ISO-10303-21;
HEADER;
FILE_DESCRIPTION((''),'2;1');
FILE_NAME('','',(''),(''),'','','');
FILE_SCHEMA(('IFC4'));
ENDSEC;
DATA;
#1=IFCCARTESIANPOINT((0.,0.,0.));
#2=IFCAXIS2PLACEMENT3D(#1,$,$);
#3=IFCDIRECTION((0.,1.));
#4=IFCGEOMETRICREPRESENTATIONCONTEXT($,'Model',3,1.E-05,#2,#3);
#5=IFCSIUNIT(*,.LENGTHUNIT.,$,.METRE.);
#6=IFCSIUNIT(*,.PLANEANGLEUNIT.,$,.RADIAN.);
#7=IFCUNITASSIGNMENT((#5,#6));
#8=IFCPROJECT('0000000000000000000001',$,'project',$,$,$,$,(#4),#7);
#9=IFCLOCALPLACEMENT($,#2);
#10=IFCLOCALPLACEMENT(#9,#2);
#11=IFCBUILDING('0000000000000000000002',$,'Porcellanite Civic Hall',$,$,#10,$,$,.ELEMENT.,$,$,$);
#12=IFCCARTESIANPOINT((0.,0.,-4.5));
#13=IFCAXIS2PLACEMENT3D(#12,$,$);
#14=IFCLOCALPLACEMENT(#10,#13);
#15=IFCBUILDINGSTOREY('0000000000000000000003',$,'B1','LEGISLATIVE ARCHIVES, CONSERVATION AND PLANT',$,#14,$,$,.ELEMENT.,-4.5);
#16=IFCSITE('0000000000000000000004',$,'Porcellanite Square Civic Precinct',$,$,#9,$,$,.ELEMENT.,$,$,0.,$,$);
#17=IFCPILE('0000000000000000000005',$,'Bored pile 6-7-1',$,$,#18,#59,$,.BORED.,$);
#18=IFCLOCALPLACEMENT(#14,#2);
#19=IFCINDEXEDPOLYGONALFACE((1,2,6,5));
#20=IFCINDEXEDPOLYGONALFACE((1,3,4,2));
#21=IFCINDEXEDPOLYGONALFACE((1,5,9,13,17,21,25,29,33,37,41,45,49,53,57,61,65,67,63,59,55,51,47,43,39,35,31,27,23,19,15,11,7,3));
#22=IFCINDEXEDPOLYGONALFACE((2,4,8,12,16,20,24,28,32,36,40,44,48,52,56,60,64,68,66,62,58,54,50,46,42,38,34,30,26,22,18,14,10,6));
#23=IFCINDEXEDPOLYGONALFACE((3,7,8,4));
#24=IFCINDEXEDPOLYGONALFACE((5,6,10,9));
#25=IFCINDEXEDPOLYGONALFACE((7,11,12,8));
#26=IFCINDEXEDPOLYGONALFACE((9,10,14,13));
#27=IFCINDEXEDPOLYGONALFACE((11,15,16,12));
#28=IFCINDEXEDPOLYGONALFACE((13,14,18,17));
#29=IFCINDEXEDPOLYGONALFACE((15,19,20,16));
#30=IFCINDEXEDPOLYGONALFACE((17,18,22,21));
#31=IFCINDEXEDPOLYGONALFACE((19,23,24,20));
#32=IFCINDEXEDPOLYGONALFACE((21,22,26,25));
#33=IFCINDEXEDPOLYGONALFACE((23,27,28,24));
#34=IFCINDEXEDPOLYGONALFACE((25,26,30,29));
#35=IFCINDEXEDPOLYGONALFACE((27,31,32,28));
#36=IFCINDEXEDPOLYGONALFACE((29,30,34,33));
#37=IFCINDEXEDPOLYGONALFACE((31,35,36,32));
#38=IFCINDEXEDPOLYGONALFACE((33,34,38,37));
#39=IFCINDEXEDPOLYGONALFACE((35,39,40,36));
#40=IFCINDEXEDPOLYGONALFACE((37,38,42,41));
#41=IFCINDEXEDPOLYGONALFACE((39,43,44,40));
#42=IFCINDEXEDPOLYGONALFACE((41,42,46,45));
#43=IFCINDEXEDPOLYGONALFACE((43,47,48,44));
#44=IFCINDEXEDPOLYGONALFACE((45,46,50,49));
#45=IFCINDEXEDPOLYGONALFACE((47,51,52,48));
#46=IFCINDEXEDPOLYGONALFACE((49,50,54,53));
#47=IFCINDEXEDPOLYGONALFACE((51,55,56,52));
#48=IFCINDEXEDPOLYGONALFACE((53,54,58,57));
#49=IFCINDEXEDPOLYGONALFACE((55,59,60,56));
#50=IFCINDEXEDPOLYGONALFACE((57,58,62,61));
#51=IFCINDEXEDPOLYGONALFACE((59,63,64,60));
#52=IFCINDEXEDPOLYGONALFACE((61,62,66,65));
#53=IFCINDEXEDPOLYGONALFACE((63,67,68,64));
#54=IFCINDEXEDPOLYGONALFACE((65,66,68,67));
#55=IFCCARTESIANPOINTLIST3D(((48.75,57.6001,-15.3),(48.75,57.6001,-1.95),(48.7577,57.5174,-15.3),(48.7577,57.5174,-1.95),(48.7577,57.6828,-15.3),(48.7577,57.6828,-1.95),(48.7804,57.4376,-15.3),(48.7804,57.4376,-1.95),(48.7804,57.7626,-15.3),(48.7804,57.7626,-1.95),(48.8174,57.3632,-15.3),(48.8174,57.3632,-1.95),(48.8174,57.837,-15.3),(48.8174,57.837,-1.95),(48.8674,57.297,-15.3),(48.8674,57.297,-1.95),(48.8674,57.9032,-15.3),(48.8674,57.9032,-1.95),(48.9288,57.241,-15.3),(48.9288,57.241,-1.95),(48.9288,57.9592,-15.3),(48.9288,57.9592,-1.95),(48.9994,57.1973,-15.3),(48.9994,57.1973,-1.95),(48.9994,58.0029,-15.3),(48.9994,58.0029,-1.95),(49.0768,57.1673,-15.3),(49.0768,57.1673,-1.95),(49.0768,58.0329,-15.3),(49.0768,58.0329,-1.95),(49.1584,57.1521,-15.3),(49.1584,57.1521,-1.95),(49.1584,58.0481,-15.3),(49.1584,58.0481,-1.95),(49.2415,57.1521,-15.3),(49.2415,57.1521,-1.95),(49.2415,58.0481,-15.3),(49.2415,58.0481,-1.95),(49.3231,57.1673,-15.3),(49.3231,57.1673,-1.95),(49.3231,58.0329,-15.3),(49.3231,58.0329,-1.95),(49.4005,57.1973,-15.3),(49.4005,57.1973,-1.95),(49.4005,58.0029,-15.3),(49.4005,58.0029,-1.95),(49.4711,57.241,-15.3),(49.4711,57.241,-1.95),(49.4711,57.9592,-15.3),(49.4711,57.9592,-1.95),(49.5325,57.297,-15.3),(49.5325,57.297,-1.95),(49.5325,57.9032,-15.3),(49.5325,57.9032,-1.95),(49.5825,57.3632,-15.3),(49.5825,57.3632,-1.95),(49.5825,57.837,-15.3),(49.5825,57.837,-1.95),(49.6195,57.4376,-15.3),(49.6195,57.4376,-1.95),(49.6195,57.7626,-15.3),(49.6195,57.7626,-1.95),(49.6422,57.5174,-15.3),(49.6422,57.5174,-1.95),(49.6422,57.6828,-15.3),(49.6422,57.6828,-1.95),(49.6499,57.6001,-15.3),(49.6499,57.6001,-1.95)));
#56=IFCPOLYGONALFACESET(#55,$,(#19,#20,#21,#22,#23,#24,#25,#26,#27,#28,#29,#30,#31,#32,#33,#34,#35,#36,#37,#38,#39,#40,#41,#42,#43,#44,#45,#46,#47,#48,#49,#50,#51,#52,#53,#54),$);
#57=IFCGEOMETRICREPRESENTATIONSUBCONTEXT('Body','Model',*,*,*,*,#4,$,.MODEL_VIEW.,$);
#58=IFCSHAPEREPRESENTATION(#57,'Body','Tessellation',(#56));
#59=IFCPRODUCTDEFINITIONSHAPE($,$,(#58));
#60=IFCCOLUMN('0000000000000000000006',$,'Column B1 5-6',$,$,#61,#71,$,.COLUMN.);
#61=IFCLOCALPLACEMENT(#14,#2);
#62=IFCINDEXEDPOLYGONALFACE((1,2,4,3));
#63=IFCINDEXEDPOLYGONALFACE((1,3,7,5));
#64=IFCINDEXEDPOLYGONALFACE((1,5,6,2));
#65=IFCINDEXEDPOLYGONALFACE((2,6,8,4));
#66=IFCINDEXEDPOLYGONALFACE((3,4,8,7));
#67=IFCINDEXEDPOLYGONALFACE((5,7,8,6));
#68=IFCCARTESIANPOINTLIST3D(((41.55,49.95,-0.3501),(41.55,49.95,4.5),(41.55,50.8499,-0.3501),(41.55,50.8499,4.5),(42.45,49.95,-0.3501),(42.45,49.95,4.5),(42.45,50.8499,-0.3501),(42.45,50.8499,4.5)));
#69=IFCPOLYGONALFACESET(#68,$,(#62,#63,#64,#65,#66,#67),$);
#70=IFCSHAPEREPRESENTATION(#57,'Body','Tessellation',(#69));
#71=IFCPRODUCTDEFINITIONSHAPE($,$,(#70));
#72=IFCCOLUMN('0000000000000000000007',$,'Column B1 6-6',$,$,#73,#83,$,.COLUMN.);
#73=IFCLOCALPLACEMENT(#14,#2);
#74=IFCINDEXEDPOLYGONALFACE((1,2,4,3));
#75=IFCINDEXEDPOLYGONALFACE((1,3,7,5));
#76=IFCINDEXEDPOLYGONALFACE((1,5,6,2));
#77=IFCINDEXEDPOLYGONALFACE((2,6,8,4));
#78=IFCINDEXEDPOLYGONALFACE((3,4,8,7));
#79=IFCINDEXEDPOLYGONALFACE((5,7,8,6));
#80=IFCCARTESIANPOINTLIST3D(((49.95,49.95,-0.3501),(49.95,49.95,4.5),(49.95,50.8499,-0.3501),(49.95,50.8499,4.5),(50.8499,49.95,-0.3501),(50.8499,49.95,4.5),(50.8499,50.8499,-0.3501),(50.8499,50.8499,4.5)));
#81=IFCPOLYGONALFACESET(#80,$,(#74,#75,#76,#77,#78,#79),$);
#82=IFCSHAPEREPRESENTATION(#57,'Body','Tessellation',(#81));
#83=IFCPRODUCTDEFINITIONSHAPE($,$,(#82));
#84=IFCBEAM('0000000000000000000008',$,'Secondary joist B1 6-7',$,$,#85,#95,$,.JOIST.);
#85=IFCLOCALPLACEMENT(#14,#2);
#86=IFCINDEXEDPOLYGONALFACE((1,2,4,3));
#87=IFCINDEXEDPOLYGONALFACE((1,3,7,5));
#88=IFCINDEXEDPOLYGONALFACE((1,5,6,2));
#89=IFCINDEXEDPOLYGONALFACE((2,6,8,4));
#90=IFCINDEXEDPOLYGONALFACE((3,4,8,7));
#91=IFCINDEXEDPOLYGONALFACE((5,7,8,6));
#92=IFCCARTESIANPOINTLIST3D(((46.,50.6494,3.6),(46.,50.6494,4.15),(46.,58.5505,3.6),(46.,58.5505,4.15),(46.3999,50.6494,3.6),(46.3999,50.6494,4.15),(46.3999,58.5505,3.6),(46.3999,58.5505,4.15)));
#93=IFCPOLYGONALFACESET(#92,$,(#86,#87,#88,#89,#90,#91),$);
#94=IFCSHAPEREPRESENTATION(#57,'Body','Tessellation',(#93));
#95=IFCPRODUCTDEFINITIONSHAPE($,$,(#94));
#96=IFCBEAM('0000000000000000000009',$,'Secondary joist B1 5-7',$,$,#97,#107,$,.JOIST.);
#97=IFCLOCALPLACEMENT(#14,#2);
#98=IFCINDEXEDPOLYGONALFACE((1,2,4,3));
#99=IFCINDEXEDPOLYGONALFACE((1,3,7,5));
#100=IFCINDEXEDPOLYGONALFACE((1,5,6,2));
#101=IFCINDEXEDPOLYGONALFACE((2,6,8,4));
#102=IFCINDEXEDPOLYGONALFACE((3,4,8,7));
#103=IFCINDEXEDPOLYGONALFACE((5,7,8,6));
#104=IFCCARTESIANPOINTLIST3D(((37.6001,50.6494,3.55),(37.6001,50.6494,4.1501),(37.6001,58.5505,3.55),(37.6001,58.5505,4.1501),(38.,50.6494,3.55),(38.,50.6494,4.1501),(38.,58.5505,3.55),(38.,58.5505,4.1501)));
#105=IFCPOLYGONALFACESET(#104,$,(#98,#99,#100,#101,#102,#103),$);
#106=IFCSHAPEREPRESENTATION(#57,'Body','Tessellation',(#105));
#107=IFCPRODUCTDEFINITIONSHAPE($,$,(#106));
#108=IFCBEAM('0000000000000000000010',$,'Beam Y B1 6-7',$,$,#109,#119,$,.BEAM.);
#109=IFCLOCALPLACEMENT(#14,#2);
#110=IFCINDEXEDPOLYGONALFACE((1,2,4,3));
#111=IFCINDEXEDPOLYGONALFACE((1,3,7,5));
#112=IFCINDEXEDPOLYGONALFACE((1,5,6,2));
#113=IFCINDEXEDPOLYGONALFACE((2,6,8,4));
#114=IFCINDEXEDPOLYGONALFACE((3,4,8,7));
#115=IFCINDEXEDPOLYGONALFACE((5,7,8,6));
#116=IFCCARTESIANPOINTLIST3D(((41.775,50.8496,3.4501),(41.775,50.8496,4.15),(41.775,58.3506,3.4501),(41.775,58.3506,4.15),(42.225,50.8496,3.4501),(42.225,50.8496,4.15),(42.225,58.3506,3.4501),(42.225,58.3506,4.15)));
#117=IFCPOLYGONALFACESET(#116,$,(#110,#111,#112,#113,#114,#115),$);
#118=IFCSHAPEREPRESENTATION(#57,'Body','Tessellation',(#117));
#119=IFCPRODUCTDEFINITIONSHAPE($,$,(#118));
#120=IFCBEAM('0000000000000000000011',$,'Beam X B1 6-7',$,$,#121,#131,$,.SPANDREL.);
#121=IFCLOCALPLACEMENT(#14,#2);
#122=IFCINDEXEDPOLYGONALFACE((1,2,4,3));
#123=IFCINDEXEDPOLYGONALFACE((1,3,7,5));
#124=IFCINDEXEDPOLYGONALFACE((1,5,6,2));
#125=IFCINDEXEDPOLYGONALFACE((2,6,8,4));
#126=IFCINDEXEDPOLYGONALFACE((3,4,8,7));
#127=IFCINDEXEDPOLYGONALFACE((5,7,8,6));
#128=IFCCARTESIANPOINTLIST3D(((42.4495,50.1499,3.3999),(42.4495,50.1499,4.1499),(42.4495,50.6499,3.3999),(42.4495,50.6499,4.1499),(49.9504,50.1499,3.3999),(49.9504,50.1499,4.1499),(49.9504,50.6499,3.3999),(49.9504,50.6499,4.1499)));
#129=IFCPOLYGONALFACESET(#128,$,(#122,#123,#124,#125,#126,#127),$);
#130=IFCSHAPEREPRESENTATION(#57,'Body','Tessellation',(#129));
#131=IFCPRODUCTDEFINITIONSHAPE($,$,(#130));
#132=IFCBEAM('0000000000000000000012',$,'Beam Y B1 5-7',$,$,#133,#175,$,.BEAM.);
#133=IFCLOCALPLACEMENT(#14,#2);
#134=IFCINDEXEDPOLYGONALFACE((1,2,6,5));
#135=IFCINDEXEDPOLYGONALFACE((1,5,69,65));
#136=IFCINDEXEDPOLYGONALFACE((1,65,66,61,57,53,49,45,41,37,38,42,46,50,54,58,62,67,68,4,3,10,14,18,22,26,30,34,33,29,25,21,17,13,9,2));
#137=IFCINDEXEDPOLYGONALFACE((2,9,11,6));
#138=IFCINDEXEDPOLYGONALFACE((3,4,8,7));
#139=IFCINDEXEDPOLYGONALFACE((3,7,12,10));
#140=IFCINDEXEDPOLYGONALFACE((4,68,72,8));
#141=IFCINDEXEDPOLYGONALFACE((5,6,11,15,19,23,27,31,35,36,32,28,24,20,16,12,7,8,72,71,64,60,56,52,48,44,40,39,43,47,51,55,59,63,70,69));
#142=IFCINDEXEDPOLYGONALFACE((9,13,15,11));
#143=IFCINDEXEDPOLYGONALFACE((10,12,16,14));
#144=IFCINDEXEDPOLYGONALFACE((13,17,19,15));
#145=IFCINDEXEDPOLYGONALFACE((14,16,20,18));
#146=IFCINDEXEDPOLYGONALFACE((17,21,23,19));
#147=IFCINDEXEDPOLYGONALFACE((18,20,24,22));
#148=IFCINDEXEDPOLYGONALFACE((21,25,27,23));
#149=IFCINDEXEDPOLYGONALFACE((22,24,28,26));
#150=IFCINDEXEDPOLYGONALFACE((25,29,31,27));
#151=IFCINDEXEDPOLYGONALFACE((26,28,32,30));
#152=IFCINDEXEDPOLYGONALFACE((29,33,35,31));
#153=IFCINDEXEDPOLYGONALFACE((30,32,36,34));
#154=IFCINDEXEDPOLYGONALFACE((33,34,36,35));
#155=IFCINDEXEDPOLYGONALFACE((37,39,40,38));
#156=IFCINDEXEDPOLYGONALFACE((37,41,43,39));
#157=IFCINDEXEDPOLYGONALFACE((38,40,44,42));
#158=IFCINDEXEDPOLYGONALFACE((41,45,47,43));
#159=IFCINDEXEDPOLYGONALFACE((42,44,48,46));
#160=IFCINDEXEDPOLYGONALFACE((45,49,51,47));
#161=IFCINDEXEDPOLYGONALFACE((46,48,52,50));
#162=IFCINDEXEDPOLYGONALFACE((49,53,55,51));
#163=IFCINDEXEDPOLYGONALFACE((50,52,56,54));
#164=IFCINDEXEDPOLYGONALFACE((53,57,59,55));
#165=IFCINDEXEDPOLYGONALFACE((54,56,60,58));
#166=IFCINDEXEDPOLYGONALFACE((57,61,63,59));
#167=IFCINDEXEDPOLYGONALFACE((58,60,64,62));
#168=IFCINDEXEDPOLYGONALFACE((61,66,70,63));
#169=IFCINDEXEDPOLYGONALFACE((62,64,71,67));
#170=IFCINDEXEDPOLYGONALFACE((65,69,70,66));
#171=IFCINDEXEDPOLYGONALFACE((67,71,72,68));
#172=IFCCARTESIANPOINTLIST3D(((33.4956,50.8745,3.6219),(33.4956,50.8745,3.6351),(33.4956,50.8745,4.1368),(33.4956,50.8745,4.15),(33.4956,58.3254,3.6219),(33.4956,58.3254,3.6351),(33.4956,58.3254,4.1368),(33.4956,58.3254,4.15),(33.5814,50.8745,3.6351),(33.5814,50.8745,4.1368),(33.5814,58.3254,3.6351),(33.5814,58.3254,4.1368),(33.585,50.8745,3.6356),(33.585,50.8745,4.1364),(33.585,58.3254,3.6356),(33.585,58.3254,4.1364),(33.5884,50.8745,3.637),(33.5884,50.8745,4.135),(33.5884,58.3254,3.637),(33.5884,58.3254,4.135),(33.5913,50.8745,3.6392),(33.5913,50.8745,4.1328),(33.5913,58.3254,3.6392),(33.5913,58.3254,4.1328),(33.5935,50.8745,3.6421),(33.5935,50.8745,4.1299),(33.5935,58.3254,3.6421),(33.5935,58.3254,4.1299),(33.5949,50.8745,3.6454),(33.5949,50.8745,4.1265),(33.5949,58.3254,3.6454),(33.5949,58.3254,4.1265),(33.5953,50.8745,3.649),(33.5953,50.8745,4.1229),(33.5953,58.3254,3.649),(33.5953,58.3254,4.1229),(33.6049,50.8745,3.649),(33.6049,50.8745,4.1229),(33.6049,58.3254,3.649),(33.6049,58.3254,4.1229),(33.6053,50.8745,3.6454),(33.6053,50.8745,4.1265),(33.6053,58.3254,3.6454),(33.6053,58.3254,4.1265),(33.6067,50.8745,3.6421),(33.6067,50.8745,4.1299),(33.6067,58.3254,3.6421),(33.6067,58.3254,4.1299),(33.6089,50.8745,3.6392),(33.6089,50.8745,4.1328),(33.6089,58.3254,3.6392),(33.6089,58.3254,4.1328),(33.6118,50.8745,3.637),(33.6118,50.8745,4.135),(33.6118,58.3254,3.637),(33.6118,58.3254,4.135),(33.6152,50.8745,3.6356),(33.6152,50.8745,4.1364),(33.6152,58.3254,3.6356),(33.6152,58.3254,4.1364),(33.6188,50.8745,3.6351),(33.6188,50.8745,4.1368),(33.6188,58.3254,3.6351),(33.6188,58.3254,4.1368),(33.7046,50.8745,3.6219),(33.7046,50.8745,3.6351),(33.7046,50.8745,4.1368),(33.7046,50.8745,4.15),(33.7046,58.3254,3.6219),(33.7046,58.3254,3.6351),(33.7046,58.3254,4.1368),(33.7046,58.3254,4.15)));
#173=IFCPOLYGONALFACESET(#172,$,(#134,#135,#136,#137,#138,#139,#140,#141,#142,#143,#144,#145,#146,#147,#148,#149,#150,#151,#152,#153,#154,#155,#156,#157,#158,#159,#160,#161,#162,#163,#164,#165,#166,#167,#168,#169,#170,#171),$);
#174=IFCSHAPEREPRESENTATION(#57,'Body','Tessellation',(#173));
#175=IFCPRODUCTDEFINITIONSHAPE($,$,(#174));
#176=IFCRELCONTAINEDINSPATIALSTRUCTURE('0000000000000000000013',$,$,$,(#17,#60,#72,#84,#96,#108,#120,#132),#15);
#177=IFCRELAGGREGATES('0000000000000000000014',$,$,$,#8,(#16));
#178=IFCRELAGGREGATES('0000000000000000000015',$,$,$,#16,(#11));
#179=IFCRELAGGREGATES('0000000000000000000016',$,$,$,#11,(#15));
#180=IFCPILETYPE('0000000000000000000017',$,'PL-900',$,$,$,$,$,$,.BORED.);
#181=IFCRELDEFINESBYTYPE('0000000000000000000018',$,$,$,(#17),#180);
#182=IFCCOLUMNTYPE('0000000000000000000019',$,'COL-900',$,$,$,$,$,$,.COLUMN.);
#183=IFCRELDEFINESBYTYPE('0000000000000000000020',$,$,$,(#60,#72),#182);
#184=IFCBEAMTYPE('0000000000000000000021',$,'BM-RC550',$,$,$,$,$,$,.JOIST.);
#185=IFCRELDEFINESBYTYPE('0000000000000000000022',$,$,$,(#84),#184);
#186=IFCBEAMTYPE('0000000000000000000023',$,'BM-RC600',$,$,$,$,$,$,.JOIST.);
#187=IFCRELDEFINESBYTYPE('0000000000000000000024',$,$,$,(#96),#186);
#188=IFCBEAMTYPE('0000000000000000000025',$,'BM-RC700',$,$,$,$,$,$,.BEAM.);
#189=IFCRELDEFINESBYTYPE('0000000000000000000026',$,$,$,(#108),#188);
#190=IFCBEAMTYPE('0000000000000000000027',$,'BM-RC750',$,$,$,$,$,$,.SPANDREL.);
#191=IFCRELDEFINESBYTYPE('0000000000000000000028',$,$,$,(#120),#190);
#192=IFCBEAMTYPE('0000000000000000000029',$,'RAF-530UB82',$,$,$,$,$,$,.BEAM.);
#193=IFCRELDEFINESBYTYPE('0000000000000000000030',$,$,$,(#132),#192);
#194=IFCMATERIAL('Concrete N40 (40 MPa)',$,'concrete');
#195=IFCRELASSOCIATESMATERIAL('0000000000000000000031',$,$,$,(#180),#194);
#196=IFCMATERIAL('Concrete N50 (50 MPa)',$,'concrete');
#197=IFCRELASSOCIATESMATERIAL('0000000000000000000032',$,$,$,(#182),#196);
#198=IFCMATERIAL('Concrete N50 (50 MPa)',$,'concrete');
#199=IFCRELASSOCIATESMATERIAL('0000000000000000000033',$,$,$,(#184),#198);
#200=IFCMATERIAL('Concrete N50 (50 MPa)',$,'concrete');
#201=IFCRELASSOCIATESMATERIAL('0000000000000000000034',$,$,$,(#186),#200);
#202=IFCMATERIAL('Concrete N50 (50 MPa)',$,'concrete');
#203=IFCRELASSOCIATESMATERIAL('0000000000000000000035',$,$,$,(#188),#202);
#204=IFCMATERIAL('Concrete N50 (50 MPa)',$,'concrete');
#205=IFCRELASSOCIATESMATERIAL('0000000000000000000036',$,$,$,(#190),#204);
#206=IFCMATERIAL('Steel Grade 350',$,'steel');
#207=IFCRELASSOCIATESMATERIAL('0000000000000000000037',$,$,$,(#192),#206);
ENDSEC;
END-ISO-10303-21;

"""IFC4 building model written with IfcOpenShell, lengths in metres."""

from ifc_helpers import new_model, si_unit, direction, frame, origin, origin_2d, place, context, subcontext, project, spatial, rectangle, circle, i_section, extrude, material, material_profile, profile_set, type_object, element, save


model = new_model("IFC4")

# Units and contexts
model_context = context("Model", 3, precision=1e-05, world=origin(), true_north=direction((0.0, 1.0)))
body_context = subcontext(model_context, "Body", "Model", "MODEL_VIEW")
ifc_project = project(units=[si_unit("LENGTHUNIT", "METRE"), si_unit("PLANEANGLEUNIT", "RADIAN")], contexts=[model_context])

# Site, building, storey
site_placement = place(None, origin())
site = spatial("IfcSite", under=ifc_project, at=site_placement, Name="Porcellanite Square Civic Precinct", CompositionType="ELEMENT", RefElevation=0.0)
building_placement = place(site_placement, origin())
building = spatial("IfcBuilding", under=site, at=building_placement, Name="Porcellanite Civic Hall", CompositionType="ELEMENT")
storey_placement = place(building_placement, frame((0.0, 0.0, -4.5)))
storey = spatial("IfcBuildingStorey", under=building, at=storey_placement, Name="B1", Description="LEGISLATIVE ARCHIVES, CONSERVATION AND PLANT", CompositionType="ELEMENT", Elevation=-4.5)

# Pile
ifc_material_1 = material(Name="Concrete N40 (40 MPa)", Category="concrete")
ifc_material_profile_1 = material_profile(ifc_material_1, circle(Radius=0.45, at=origin_2d()), Name="PILE-D900")
ifc_profile_set_1 = profile_set([ifc_material_profile_1], Name="Concrete N40 (40 MPa)")
pile_type = type_object("IfcPileType", Name="PL-900", PredefinedType="BORED", material=ifc_profile_set_1)
for number, where, z_axis, x_axis, name in (
    (1, (49.2, 57.6001, -1.95), (0.0, 0.0, -1.0), (1.0, 0.0, 0.0), "Bored pile 6-7-1"),
):
    element("IfcPile", number, at=place(storey_placement, frame(where, z_axis=z_axis, x_axis=x_axis)), inside=storey, type_object=pile_type, Name=name, PredefinedType="BORED", context=body_context, shape_type="SweptSolid", body=[
        extrude(circle(Radius=0.45, at=origin_2d()), origin(), (0.0, 0.0, 1.0), 13.3501),
    ])

# Columns
ifc_material_2 = material(Name="Concrete N50 (50 MPa)", Category="concrete")
ifc_material_profile_2 = material_profile(ifc_material_2, rectangle(XDim=0.8999, YDim=0.8999, at=origin_2d()), Name="RC-900x900")
ifc_profile_set_2 = profile_set([ifc_material_profile_2], Name="Concrete N50 (50 MPa)")
column_type = type_object("IfcColumnType", Name="COL-900", PredefinedType="COLUMN", material=ifc_profile_set_2)
for number, where, z_axis, x_axis, name in (
    (2, (42.0, 50.3999, -0.3501), (0.0, 0.0, 1.0), (1.0, 0.0, 0.0), "Column B1 5-6"),
    (3, (50.3999, 50.3999, -0.3501), (0.0, 0.0, 1.0), (1.0, 0.0, 0.0), "Column B1 6-6"),
):
    element("IfcColumn", number, at=place(storey_placement, frame(where, z_axis=z_axis, x_axis=x_axis)), inside=storey, type_object=column_type, Name=name, PredefinedType="COLUMN", context=body_context, shape_type="SweptSolid", body=[
        extrude(rectangle(XDim=0.8999, YDim=0.8999, at=origin_2d()), origin(), (0.0, 0.0, 1.0), 4.8501),
    ])

# Beams
ifc_material_3 = material(Name="Concrete N50 (50 MPa)", Category="concrete")
ifc_material_profile_3 = material_profile(ifc_material_3, rectangle(XDim=0.3999, YDim=0.55, at=origin_2d()), Name="RC-400x550")
ifc_profile_set_3 = profile_set([ifc_material_profile_3], Name="Concrete N50 (50 MPa)")
beam_type_1 = type_object("IfcBeamType", Name="BM-RC550", PredefinedType="JOIST", material=ifc_profile_set_3)
beam_1_placement = place(storey_placement, frame((46.2, 50.6494, 3.875), z_axis=(0.0, 1.0, 0.0), x_axis=(-1.0, 0.0, 0.0)))
element("IfcBeam", 4, at=beam_1_placement, inside=storey, type_object=beam_type_1, Name="Secondary joist B1 6-7", PredefinedType="JOIST", context=body_context, shape_type="SweptSolid", body=[
    extrude(rectangle(XDim=0.3999, YDim=0.55, at=origin_2d()), origin(), (0.0, 0.0, 1.0), 7.9011),
])
ifc_material_4 = material(Name="Concrete N50 (50 MPa)", Category="concrete")
ifc_material_profile_4 = material_profile(ifc_material_4, rectangle(XDim=0.3999, YDim=0.6001, at=origin_2d()), Name="RC-400x600")
ifc_profile_set_4 = profile_set([ifc_material_profile_4], Name="Concrete N50 (50 MPa)")
beam_type_2 = type_object("IfcBeamType", Name="BM-RC600", PredefinedType="JOIST", material=ifc_profile_set_4)
beam_2_placement = place(storey_placement, frame((37.8, 50.6494, 3.8501), z_axis=(0.0, 1.0, 0.0), x_axis=(-1.0, 0.0, 0.0)))
element("IfcBeam", 5, at=beam_2_placement, inside=storey, type_object=beam_type_2, Name="Secondary joist B1 5-7", PredefinedType="JOIST", context=body_context, shape_type="SweptSolid", body=[
    extrude(rectangle(XDim=0.3999, YDim=0.6001, at=origin_2d()), origin(), (0.0, 0.0, 1.0), 7.9011),
])
ifc_material_5 = material(Name="Concrete N50 (50 MPa)", Category="concrete")
ifc_material_profile_5 = material_profile(ifc_material_5, rectangle(XDim=0.45, YDim=0.7, at=origin_2d()), Name="RC-450x700")
ifc_profile_set_5 = profile_set([ifc_material_profile_5], Name="Concrete N50 (50 MPa)")
beam_type_3 = type_object("IfcBeamType", Name="BM-RC700", PredefinedType="BEAM", material=ifc_profile_set_5)
beam_3_placement = place(storey_placement, frame((42.0, 50.8496, 3.8), z_axis=(0.0, 1.0, 0.0), x_axis=(-1.0, 0.0, 0.0)))
element("IfcBeam", 6, at=beam_3_placement, inside=storey, type_object=beam_type_3, Name="Beam Y B1 6-7", PredefinedType="BEAM", context=body_context, shape_type="SweptSolid", body=[
    extrude(rectangle(XDim=0.45, YDim=0.7, at=origin_2d()), origin(), (0.0, 0.0, 1.0), 7.501),
])
ifc_material_6 = material(Name="Concrete N50 (50 MPa)", Category="concrete")
ifc_material_profile_6 = material_profile(ifc_material_6, rectangle(XDim=0.5, YDim=0.75, at=origin_2d()), Name="RC-500x750")
ifc_profile_set_6 = profile_set([ifc_material_profile_6], Name="Concrete N50 (50 MPa)")
beam_type_4 = type_object("IfcBeamType", Name="BM-RC750", PredefinedType="SPANDREL", material=ifc_profile_set_6)
beam_4_placement = place(storey_placement, frame((42.4495, 50.3999, 3.7749), z_axis=(1.0, 0.0, 0.0), x_axis=(0.0, 1.0, 0.0)))
element("IfcBeam", 7, at=beam_4_placement, inside=storey, type_object=beam_type_4, Name="Beam X B1 6-7", PredefinedType="SPANDREL", context=body_context, shape_type="SweptSolid", body=[
    extrude(rectangle(XDim=0.5, YDim=0.75, at=origin_2d()), origin(), (0.0, 0.0, 1.0), 7.501),
])
ifc_material_7 = material(Name="Steel Grade 350", Category="steel")
ifc_material_profile_7 = material_profile(ifc_material_7, i_section(OverallWidth=0.209, OverallDepth=0.5281, WebThickness=0.0095, FlangeThickness=0.0132, FilletRadius=0.0139, at=origin_2d()), Name="530UB82.0")
ifc_profile_set_7 = profile_set([ifc_material_profile_7], Name="Steel Grade 350")
beam_type_5 = type_object("IfcBeamType", Name="RAF-530UB82", PredefinedType="BEAM", material=ifc_profile_set_7)
beam_5_placement = place(storey_placement, frame((33.6001, 50.8745, 3.886), z_axis=(0.0, 1.0, 0.0), x_axis=(-1.0, 0.0, 0.0)))
element("IfcBeam", 8, at=beam_5_placement, inside=storey, type_object=beam_type_5, Name="Beam Y B1 5-7", PredefinedType="BEAM", context=body_context, shape_type="SweptSolid", body=[
    extrude(i_section(OverallWidth=0.209, OverallDepth=0.5281, WebThickness=0.0095, FlangeThickness=0.0132, FilletRadius=0.0139, at=origin_2d()), origin(), (0.0, 0.0, 1.0), 7.4509),
])

save(model, "model.ifc")
